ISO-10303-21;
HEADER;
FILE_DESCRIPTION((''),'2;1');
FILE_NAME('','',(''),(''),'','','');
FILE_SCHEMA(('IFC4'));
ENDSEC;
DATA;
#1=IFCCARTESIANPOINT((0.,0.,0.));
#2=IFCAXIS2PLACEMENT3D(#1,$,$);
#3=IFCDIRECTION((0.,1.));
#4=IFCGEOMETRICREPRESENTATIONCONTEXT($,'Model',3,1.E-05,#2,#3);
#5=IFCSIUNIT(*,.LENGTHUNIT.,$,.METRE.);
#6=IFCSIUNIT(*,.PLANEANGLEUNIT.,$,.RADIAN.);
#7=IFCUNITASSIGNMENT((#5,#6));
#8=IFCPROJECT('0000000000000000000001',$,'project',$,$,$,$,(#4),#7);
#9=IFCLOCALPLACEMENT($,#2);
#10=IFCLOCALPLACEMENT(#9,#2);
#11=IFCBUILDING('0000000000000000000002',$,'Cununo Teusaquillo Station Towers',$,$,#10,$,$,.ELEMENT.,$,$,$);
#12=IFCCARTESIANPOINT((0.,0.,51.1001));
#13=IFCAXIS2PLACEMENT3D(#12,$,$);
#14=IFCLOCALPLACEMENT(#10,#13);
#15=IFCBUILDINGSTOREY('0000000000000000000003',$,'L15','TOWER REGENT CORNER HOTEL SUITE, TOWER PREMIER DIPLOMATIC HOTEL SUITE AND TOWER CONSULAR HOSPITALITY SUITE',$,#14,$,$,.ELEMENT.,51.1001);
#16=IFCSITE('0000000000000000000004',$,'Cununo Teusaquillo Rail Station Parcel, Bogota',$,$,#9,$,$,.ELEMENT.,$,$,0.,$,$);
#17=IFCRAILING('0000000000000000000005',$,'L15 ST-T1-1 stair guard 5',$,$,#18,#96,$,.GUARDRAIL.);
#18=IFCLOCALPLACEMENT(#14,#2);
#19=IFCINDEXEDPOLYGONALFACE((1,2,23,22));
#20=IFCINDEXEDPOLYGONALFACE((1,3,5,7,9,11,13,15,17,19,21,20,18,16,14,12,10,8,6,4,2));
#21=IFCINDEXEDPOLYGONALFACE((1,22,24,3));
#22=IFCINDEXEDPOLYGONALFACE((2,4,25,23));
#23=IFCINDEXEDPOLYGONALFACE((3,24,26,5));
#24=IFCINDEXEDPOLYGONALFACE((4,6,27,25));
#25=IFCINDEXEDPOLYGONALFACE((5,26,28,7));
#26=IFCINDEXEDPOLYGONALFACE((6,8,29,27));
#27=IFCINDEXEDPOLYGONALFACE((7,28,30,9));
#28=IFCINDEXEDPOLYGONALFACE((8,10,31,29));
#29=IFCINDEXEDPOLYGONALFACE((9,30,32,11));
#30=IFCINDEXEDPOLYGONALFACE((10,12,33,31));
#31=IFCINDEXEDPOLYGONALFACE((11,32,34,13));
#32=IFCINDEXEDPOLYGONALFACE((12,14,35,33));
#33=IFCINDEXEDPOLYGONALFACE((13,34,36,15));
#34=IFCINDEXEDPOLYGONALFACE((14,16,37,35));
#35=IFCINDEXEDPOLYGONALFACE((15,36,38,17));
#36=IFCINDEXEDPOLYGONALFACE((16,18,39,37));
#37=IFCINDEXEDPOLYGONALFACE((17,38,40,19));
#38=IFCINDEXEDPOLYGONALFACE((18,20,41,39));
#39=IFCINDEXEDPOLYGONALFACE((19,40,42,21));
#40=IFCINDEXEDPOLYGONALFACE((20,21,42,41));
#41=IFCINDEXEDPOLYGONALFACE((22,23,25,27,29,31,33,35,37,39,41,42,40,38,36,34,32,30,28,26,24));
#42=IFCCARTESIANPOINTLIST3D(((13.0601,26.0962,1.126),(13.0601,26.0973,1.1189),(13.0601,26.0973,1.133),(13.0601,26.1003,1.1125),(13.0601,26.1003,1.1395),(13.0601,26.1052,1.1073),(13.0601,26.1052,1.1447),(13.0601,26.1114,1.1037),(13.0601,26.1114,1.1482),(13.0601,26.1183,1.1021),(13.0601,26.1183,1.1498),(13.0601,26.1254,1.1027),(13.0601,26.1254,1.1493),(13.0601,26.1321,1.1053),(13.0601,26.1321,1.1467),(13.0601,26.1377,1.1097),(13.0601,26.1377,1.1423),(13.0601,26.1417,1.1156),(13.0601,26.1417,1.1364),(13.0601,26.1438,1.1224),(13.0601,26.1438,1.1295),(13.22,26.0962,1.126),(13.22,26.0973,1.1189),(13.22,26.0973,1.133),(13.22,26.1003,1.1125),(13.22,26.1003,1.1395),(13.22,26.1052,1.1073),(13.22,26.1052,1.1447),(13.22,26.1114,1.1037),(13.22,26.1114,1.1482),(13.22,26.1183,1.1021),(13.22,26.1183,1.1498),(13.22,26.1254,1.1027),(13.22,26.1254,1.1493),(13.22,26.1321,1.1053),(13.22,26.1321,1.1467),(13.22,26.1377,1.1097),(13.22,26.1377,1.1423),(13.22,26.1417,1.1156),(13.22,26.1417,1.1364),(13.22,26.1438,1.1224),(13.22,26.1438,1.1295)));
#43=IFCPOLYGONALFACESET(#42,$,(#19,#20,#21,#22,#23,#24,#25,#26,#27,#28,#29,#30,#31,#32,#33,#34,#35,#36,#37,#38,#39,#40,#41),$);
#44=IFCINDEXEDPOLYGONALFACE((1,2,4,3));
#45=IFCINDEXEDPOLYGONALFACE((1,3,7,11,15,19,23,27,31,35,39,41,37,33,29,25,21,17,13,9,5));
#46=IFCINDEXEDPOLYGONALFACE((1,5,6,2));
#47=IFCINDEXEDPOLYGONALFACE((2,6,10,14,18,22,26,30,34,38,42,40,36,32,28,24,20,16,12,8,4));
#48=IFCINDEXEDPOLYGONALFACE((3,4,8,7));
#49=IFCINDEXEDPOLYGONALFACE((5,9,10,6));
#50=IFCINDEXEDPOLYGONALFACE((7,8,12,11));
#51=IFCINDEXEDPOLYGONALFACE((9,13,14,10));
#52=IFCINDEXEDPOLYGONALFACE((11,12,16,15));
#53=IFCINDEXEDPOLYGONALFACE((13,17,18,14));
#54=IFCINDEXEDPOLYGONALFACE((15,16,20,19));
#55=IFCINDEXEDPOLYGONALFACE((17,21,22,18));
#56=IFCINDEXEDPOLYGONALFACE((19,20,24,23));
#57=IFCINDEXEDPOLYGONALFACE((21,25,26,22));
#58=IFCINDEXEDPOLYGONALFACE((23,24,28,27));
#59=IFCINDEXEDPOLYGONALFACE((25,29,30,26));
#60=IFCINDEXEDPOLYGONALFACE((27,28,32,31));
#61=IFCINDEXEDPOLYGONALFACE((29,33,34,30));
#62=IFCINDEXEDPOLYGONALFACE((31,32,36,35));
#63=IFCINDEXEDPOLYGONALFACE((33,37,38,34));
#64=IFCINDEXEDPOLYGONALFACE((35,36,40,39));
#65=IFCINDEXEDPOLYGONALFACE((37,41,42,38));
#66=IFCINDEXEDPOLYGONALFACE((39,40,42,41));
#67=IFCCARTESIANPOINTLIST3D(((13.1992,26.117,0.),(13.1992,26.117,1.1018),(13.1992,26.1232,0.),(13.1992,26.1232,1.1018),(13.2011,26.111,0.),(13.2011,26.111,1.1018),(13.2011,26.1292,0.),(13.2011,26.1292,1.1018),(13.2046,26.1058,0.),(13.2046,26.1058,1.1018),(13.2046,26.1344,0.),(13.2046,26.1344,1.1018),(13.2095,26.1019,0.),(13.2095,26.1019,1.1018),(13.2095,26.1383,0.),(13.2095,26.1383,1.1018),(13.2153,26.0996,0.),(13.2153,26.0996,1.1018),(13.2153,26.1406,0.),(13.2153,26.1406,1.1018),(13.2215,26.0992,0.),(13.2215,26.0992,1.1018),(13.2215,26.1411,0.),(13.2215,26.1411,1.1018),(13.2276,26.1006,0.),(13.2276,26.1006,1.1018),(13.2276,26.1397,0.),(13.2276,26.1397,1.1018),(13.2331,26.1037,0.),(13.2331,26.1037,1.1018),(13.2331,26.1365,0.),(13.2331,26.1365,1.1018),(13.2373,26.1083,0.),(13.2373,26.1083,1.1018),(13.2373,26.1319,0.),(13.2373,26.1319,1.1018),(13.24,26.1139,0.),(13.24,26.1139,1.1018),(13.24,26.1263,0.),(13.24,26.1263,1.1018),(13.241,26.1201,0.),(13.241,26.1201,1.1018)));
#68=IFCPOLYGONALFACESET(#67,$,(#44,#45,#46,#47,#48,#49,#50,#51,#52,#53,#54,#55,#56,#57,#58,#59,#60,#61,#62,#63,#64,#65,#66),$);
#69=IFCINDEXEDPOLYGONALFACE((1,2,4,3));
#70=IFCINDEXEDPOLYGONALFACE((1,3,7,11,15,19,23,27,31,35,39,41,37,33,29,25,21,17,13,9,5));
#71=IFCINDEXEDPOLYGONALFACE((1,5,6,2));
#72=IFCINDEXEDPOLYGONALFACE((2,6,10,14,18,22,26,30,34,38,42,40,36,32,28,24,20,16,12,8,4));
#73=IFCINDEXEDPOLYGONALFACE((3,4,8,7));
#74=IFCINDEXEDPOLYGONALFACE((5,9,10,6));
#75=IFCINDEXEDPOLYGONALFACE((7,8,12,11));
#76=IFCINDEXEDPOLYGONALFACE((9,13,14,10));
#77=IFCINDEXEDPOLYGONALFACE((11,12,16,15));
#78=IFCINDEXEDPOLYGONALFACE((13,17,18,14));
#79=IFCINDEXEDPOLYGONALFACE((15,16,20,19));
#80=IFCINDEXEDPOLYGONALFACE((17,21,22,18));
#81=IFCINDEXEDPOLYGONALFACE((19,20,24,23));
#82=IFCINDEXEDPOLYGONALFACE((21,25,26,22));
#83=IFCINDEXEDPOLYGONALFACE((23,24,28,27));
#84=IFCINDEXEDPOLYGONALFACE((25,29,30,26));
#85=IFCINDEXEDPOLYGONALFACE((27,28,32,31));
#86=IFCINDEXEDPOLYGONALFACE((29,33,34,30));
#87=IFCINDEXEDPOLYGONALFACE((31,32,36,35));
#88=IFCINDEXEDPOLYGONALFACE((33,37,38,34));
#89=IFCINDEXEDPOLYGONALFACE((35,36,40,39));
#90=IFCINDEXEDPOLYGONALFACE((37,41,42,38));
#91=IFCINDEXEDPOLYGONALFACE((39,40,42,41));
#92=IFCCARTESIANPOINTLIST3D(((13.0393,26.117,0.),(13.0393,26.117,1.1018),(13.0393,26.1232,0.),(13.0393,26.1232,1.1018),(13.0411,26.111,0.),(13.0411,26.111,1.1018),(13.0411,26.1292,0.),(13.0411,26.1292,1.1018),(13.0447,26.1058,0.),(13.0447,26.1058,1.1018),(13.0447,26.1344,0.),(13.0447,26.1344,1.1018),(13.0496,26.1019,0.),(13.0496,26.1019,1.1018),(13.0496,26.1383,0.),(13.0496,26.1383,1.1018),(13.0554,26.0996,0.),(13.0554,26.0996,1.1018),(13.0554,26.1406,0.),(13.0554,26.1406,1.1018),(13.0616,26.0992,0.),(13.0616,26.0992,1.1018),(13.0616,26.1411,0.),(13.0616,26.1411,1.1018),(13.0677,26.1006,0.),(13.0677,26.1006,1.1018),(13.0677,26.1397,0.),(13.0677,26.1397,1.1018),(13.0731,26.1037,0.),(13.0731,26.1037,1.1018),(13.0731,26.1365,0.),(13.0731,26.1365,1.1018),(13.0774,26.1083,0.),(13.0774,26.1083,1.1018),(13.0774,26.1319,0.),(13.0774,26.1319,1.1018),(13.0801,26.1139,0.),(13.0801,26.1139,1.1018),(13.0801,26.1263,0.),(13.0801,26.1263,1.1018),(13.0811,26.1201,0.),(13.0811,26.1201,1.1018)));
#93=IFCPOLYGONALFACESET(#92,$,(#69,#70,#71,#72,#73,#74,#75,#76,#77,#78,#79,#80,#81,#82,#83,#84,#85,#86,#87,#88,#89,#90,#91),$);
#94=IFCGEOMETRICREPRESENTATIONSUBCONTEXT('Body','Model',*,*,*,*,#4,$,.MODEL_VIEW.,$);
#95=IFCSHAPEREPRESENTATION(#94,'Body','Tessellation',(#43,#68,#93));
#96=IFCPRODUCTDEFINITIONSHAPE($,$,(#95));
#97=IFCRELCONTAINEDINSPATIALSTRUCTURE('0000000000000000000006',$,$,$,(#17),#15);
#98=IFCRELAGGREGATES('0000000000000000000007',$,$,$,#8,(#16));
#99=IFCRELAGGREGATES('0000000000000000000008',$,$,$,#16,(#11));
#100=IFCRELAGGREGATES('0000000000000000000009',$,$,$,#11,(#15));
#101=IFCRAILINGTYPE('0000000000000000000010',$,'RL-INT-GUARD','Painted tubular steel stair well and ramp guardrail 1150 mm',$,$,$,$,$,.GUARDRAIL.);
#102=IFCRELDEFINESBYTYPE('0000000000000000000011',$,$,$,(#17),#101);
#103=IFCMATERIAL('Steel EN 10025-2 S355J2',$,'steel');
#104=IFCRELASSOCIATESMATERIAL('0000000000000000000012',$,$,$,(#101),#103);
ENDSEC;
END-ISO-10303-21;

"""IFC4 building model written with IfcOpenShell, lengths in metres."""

from ifc_helpers import new_model, si_unit, direction, frame, origin, origin_2d, place, context, subcontext, project, spatial, circle, extrude, material, type_object, element, save


model = new_model("IFC4")

# Units and contexts
model_context = context("Model", 3, precision=1e-05, world=origin(), true_north=direction((0.0, 1.0)))
body_context = subcontext(model_context, "Body", "Model", "MODEL_VIEW")
ifc_project = project(units=[si_unit("LENGTHUNIT", "METRE"), si_unit("PLANEANGLEUNIT", "RADIAN")], contexts=[model_context])

# Site, building, storey
site_placement = place(None, origin())
site = spatial("IfcSite", under=ifc_project, at=site_placement, Name="Cununo Teusaquillo Rail Station Parcel, Bogota", CompositionType="ELEMENT", RefElevation=0.0)
building_placement = place(site_placement, origin())
building = spatial("IfcBuilding", under=site, at=building_placement, Name="Cununo Teusaquillo Station Towers", CompositionType="ELEMENT")
storey_placement = place(building_placement, frame((0.0, 0.0, 51.1001)))
storey = spatial("IfcBuildingStorey", under=building, at=storey_placement, Name="L15", Description="TOWER REGENT CORNER HOTEL SUITE, TOWER PREMIER DIPLOMATIC HOTEL SUITE AND TOWER CONSULAR HOSPITALITY SUITE", CompositionType="ELEMENT", Elevation=51.1001)

# Railing
ifc_material_1 = material(Name="Steel EN 10025-2 S355J2", Category="steel")
railing_type_1 = type_object("IfcRailingType", Name="RL-INT-GUARD", Description="Painted tubular steel stair well and ramp guardrail 1150 mm", PredefinedType="GUARDRAIL", material=ifc_material_1)
railing_1_placement = place(storey_placement, frame((13.22, 26.1201, 0.0)))
element("IfcRailing", 1, at=railing_1_placement, inside=storey, type_object=railing_type_1, Name="L15 ST-T1-1 stair guard 5", PredefinedType="GUARDRAIL", context=body_context, shape_type="SweptSolid", body=[
    extrude(circle(Radius=0.0239, at=origin_2d()), frame((0.0, 0.0, 1.126), z_axis=(-1.0, 0.0, 0.0), x_axis=(0.0, -1.0, 0.0)), (0.0, 0.0, 1.0), 0.1599),
    extrude(circle(Radius=0.021, at=origin_2d()), origin(), (0.0, 0.0, 1.0), 1.1018),
    extrude(circle(Radius=0.021, at=origin_2d()), frame((-0.1599, 0.0, 0.0)), (0.0, 0.0, 1.0), 1.1018),
])

save(model, "model.ifc")
